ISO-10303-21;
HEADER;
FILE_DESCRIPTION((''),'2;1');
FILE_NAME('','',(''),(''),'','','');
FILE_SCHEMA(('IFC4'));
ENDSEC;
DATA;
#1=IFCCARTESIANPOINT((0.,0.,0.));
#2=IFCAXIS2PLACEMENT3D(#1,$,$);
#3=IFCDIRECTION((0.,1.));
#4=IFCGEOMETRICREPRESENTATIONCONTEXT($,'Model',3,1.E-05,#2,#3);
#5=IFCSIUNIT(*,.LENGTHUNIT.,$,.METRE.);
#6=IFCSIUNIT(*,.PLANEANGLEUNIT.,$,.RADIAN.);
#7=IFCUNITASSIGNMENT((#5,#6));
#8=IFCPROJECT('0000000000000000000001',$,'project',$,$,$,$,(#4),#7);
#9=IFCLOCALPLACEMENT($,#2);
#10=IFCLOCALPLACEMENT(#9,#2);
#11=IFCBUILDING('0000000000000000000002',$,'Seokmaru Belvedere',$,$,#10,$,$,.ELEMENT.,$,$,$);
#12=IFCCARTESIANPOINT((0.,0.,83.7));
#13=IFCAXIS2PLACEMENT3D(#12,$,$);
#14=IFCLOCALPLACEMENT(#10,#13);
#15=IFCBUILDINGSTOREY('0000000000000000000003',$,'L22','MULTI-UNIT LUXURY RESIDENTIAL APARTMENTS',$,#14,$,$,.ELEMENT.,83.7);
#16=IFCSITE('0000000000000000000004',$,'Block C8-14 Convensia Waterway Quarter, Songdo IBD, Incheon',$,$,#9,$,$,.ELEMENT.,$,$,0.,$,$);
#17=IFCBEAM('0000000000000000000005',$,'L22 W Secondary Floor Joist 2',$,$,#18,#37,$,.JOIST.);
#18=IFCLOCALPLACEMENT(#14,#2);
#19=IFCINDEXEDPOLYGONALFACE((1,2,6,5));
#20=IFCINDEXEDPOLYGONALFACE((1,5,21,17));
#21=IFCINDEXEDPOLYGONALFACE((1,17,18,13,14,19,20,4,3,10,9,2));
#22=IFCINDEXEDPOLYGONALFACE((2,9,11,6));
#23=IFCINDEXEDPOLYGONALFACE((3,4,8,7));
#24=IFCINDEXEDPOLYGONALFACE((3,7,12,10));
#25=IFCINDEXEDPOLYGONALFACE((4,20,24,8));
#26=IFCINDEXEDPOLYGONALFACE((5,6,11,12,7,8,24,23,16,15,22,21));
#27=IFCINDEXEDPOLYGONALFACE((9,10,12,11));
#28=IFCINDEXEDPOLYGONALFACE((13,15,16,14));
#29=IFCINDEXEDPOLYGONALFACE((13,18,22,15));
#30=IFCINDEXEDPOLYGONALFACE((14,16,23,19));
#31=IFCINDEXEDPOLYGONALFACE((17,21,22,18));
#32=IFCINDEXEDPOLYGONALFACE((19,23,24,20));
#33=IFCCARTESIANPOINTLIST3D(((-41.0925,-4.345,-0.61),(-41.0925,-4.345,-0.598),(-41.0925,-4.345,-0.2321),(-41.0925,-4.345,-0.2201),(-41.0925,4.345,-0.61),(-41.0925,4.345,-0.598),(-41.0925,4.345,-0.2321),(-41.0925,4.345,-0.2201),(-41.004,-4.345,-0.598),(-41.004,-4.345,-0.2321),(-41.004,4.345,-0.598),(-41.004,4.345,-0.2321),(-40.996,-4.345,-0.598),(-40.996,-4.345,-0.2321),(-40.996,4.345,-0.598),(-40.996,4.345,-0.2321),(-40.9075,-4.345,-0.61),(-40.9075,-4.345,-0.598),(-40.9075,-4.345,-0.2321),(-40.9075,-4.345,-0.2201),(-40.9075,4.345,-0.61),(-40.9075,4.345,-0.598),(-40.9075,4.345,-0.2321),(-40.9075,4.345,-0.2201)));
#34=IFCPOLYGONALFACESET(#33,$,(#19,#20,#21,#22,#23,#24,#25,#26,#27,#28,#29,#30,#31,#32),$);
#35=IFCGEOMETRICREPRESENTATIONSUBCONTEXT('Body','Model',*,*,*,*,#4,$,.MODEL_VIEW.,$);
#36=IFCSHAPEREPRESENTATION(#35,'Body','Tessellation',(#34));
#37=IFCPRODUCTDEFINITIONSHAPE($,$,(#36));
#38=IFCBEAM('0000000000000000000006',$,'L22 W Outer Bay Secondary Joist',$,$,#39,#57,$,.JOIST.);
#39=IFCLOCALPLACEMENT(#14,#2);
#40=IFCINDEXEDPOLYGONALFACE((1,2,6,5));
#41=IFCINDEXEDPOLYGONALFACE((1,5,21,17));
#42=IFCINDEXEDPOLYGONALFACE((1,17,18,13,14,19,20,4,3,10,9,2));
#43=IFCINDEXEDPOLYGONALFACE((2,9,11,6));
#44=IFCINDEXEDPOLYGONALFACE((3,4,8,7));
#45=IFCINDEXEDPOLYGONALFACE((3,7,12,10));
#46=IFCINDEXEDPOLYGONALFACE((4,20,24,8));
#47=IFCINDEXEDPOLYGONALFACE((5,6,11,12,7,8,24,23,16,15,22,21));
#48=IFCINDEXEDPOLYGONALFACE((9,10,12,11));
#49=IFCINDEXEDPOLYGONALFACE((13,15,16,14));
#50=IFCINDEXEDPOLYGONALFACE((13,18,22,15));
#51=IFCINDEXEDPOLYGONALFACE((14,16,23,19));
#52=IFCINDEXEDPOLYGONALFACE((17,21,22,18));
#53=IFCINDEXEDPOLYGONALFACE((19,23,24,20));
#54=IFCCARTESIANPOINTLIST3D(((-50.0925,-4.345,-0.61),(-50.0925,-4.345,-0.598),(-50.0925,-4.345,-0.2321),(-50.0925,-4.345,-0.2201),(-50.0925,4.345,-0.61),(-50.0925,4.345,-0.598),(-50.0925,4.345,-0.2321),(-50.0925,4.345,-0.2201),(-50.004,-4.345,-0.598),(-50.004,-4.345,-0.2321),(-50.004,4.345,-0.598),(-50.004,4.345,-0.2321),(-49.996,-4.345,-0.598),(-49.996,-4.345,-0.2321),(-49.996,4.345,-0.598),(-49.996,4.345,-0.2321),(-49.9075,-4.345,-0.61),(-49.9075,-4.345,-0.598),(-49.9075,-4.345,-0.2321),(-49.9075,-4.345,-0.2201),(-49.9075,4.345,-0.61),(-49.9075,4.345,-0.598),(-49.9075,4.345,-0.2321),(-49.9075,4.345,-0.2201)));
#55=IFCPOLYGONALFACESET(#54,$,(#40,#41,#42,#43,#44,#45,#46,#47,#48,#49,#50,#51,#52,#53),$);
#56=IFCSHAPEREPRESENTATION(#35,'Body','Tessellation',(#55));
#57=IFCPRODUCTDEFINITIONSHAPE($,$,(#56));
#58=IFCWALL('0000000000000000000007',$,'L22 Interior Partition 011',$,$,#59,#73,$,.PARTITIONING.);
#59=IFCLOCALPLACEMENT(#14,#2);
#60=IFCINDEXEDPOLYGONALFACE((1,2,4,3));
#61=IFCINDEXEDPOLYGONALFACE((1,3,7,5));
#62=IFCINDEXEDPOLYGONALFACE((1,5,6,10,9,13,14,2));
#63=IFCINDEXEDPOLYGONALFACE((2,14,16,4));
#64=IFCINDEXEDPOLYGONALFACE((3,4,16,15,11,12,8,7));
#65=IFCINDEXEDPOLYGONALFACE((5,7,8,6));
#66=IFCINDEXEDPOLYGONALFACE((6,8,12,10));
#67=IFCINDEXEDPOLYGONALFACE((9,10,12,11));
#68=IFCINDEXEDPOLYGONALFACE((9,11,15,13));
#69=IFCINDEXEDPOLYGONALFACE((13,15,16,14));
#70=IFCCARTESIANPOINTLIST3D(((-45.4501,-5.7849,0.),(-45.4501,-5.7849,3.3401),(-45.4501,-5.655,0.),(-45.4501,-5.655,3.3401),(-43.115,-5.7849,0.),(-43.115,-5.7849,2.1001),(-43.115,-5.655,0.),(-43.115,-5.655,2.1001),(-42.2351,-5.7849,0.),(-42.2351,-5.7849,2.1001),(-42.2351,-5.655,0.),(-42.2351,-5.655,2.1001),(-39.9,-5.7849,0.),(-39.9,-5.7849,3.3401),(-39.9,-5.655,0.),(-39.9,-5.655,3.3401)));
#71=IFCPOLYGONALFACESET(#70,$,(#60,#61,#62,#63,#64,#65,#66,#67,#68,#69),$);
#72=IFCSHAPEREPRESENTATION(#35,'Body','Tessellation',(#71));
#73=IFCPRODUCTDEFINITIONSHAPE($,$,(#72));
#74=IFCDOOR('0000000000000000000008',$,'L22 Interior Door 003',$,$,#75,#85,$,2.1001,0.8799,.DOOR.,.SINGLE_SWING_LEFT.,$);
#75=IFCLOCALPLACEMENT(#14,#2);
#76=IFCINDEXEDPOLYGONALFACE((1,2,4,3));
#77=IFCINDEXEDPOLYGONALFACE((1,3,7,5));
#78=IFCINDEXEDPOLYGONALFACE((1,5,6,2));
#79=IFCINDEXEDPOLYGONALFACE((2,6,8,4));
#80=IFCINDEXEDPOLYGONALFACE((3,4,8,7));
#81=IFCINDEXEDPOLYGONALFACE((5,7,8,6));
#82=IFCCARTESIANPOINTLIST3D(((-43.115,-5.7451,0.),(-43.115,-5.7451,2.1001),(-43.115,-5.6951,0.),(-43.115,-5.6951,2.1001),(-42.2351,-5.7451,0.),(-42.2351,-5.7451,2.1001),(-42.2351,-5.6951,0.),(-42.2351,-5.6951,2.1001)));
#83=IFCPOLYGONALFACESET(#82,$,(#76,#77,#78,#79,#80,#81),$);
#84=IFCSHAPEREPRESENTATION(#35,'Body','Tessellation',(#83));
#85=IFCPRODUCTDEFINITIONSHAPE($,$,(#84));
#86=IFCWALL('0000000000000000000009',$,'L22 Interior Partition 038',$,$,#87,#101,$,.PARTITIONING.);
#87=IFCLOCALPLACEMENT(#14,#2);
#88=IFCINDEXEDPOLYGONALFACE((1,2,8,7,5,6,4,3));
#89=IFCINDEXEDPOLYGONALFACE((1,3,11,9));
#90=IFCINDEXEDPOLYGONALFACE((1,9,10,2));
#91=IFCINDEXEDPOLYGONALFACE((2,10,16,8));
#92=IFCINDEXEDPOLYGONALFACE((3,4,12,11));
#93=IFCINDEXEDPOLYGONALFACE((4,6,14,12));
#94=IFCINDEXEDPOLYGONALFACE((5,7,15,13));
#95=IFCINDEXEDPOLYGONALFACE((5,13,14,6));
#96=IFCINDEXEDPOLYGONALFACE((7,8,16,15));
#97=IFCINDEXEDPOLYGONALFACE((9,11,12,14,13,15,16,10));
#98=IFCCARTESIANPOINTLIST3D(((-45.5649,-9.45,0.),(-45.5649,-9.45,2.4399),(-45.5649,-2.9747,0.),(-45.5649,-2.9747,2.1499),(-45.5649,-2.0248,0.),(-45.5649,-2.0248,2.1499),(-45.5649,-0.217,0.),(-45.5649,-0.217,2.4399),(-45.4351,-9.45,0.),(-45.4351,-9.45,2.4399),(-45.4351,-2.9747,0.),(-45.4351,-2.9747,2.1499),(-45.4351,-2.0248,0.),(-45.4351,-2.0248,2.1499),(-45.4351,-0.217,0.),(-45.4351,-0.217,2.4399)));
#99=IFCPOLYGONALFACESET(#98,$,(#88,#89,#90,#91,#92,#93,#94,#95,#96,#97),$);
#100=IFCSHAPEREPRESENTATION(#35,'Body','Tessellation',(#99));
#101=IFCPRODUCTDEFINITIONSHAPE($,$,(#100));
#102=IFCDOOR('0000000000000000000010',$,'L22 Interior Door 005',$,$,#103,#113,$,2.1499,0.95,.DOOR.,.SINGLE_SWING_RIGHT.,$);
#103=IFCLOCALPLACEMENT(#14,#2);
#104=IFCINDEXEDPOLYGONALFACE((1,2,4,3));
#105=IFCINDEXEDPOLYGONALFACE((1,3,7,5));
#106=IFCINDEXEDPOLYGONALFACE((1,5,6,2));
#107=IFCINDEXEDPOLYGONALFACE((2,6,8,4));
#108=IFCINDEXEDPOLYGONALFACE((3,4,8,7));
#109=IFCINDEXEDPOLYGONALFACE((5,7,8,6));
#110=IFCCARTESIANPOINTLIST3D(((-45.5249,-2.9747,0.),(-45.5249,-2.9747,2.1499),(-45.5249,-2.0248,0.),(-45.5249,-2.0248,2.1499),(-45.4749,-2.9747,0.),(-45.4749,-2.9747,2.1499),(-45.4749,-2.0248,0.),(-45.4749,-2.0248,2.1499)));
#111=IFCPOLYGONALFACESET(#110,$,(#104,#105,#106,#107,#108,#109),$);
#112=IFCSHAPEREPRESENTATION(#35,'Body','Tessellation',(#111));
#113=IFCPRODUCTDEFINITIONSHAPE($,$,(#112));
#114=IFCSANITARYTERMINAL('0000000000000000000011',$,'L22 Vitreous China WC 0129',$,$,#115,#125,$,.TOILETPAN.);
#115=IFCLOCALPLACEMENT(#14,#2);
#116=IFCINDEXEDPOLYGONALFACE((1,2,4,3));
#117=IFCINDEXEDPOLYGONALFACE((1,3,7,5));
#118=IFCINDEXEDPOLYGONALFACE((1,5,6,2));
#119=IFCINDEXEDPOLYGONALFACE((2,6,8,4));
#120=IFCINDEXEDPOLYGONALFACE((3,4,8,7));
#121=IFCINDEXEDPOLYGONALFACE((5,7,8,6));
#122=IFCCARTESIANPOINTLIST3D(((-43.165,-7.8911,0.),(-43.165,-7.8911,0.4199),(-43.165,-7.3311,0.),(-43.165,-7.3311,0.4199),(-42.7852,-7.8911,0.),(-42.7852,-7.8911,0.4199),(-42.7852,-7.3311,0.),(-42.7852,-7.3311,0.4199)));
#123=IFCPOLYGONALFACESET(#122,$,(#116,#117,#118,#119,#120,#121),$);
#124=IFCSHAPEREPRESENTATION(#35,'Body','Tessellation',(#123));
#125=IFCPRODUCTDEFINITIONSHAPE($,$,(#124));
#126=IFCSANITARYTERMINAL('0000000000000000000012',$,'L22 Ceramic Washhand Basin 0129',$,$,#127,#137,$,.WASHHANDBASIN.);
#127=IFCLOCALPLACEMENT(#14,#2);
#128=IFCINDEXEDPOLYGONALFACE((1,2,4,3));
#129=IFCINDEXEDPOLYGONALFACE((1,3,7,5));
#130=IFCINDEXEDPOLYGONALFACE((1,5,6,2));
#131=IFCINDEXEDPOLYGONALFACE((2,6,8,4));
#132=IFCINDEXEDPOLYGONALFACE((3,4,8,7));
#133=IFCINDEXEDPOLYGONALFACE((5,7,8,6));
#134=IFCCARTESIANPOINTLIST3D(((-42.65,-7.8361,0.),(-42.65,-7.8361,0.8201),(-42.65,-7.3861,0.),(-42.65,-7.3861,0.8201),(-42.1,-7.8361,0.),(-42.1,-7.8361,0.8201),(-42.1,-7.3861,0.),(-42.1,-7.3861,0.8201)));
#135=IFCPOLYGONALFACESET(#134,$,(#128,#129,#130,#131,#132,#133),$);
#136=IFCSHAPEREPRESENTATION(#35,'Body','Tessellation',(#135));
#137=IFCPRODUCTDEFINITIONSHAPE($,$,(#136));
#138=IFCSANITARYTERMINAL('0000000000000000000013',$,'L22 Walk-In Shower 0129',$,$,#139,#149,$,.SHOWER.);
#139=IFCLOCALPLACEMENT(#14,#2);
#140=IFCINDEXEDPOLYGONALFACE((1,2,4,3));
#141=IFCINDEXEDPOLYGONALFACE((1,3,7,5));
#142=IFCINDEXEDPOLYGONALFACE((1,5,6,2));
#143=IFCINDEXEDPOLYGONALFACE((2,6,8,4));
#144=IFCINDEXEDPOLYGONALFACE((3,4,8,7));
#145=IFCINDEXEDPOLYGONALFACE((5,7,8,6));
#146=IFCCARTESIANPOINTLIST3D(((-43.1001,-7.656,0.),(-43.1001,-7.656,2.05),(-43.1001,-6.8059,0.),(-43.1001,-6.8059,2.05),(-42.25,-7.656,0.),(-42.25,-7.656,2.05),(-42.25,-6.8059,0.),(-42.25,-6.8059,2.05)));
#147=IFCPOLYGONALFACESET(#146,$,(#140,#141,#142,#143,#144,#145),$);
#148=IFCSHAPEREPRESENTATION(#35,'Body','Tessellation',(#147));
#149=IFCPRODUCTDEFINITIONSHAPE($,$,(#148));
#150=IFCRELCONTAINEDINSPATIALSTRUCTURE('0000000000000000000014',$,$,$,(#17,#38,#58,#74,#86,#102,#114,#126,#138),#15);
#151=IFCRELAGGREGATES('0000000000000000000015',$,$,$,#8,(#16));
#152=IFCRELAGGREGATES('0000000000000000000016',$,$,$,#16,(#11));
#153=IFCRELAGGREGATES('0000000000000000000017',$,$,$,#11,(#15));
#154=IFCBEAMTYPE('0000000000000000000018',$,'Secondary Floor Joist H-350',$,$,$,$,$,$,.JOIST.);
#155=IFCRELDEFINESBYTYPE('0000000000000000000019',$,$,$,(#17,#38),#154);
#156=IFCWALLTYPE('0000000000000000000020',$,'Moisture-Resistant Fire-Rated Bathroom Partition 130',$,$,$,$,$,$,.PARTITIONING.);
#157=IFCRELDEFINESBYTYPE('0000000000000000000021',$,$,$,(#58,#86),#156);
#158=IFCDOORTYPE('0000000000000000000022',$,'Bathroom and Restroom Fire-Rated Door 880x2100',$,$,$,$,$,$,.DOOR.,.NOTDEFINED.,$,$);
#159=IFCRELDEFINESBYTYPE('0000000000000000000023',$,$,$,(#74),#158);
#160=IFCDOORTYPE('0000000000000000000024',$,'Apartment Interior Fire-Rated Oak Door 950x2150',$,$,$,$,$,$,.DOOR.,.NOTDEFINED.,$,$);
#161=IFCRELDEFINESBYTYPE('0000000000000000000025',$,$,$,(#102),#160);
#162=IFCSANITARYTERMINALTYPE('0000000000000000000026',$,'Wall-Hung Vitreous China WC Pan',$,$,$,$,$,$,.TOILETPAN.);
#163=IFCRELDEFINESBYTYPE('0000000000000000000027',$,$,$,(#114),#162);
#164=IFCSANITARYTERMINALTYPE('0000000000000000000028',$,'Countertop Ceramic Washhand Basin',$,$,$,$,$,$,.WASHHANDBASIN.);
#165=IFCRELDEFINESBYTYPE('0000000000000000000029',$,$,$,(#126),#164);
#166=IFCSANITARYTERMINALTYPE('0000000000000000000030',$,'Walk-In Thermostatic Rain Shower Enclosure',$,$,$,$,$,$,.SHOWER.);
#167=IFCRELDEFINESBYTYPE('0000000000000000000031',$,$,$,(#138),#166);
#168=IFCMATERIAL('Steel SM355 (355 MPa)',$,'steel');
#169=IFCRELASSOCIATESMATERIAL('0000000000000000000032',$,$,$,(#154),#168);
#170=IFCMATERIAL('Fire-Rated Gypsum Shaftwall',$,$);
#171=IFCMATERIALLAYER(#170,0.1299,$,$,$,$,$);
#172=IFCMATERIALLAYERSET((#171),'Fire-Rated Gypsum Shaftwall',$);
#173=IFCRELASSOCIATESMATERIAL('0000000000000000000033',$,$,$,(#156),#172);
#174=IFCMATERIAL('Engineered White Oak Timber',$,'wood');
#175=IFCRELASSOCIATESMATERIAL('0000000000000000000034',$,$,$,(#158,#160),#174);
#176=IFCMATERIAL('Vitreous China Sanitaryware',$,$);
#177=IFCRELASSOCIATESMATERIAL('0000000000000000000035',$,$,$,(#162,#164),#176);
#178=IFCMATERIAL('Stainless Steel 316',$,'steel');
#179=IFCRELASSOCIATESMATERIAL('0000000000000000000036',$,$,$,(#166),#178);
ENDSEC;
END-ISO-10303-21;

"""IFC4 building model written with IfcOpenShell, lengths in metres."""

from ifc_helpers import new_model, si_unit, direction, frame, frame_2d, origin, origin_2d, place, context, subcontext, project, spatial, rectangle, i_section, extrude, source, transform, mapped, material, layer, layer_set, material_profile, profile_set, type_object, type_shapes, element, fill, save


model = new_model("IFC4")

# Units and contexts
model_context = context("Model", 3, precision=1e-05, world=origin(), true_north=direction((0.0, 1.0)))
body_context = subcontext(model_context, "Body", "Model", "MODEL_VIEW")
ifc_project = project(units=[si_unit("LENGTHUNIT", "METRE"), si_unit("PLANEANGLEUNIT", "RADIAN")], contexts=[model_context])

# Site, building, storey
site_placement = place(None, origin())
site = spatial("IfcSite", under=ifc_project, at=site_placement, Name="Block C8-14 Convensia Waterway Quarter, Songdo IBD, Incheon", CompositionType="ELEMENT", RefElevation=0.0)
building_placement = place(site_placement, origin())
building = spatial("IfcBuilding", under=site, at=building_placement, Name="Seokmaru Belvedere", CompositionType="ELEMENT")
storey_placement = place(building_placement, frame((0.0, 0.0, 83.7)))
storey = spatial("IfcBuildingStorey", under=building, at=storey_placement, Name="L22", Description="MULTI-UNIT LUXURY RESIDENTIAL APARTMENTS", CompositionType="ELEMENT", Elevation=83.7)

# Shared definitions
ifc_material_1 = material(Name="Steel SM355 (355 MPa)", Category="steel")

# Beams
ifc_material_profile_1 = material_profile(ifc_material_1, i_section(OverallWidth=0.1851, OverallDepth=0.3899, WebThickness=0.0081, FlangeThickness=0.012, at=origin_2d()), Name="H-390x185x8x12")
ifc_profile_set_1 = profile_set([ifc_material_profile_1], Name="Steel SM355 (355 MPa)")
beam_type_1 = type_object("IfcBeamType", Name="Secondary Floor Joist H-350", PredefinedType="JOIST", material=ifc_profile_set_1)
shared_shape_1 = source(origin(), body_context, "Body", "SweptSolid", [
    extrude(i_section(OverallWidth=0.1851, OverallDepth=0.3899, WebThickness=0.0081, FlangeThickness=0.012, at=origin_2d()), origin(), (0.0, 0.0, 1.0), 8.6899),
])
type_shapes(beam_type_1, [shared_shape_1])
for number, where, z_axis, x_axis, name in (
    (1, (-41.0, -4.345, -0.415), (0.0, 1.0, 0.0), (-1.0, 0.0, 0.0), "L22 W Secondary Floor Joist 2"),
    (2, (-50.0, -4.345, -0.415), (0.0, 1.0, 0.0), (-1.0, 0.0, 0.0), "L22 W Outer Bay Secondary Joist"),
):
    element("IfcBeam", number, at=place(storey_placement, frame(where, z_axis=z_axis, x_axis=x_axis)), inside=storey, type_object=beam_type_1, Name=name, PredefinedType="JOIST", context=body_context, shape_type="MappedRepresentation", body=[
        mapped(shared_shape_1, transform((0.0, 0.0, 0.0), scale=1.0)),
    ])

# Walls, openings, doors
ifc_material_2 = material(Name="Fire-Rated Gypsum Shaftwall")
ifc_layer = layer(ifc_material_2, 0.1299)
ifc_layer_set = layer_set([ifc_layer], Name="Fire-Rated Gypsum Shaftwall")
wall_type = type_object("IfcWallType", Name="Moisture-Resistant Fire-Rated Bathroom Partition 130", PredefinedType="PARTITIONING", material=ifc_layer_set)
wall_1_placement = place(storey_placement, frame((-45.45, -5.72, 0.0), z_axis=(0.0, 0.0, 1.0), x_axis=(1.0, 0.0, 0.0)))
wall_1 = element("IfcWall", 3, at=wall_1_placement, inside=storey, type_object=wall_type, Name="L22 Interior Partition 011", PredefinedType="PARTITIONING", context=body_context, shape_type="SweptSolid", body=[
    extrude(rectangle(XDim=5.55, YDim=0.1299, at=frame_2d((2.7749, 0.0))), origin(), (0.0, 0.0, 1.0), 3.3401),
])
opening_1_placement = place(wall_1_placement, frame((2.335, 0.0, 0.0)))
opening_1 = element("IfcOpeningElement", 4, at=opening_1_placement, cuts=wall_1, PredefinedType="OPENING", context=body_context, shape_type="SweptSolid", body=[
    extrude(rectangle(XDim=0.8799, YDim=2.1001, at=frame_2d((0.4399, 1.05))), frame((0.0, 0.075, 0.0), z_axis=(0.0, -1.0, 0.0), x_axis=(1.0, 0.0, 0.0)), (0.0, 0.0, 1.0), 0.1499),
])
ifc_material_3 = material(Name="Engineered White Oak Timber", Category="wood")
door_type_1 = type_object("IfcDoorType", Name="Bathroom and Restroom Fire-Rated Door 880x2100", OperationType="NOTDEFINED", PredefinedType="DOOR", material=ifc_material_3)
shared_shape_2 = source(origin(), body_context, "Body", "SweptSolid", [
    extrude(rectangle(XDim=0.8799, YDim=2.1001, at=frame_2d((0.4399, 1.05))), frame((0.0, 0.0249, 0.0), z_axis=(0.0, -1.0, 0.0), x_axis=(1.0, 0.0, 0.0)), (0.0, 0.0, 1.0), 0.05),
])
type_shapes(door_type_1, [shared_shape_2])
door_1_placement = place(opening_1_placement, origin())
door_1 = element("IfcDoor", 5, at=door_1_placement, inside=storey, type_object=door_type_1, Name="L22 Interior Door 003", OperationType="SINGLE_SWING_LEFT", OverallHeight=2.1001, OverallWidth=0.8799, PredefinedType="DOOR", context=body_context, shape_type="MappedRepresentation", body=[
    mapped(shared_shape_2, transform((0.0, 0.0, 0.0), scale=1.0)),
])
fill(opening_1, door_1)
wall_2_placement = place(storey_placement, frame((-45.5, -9.45, 0.0), z_axis=(0.0, 0.0, 1.0), x_axis=(0.0, 1.0, 0.0)))
wall_2 = element("IfcWall", 6, at=wall_2_placement, inside=storey, type_object=wall_type, Name="L22 Interior Partition 038", PredefinedType="PARTITIONING", context=body_context, shape_type="SweptSolid", body=[
    extrude(rectangle(XDim=9.2329, YDim=0.1299, at=frame_2d((4.6165, 0.0))), origin(), (0.0, 0.0, 1.0), 2.4399),
])
opening_2_placement = place(wall_2_placement, frame((6.4751, 0.0, 0.0)))
opening_2 = element("IfcOpeningElement", 7, at=opening_2_placement, cuts=wall_2, PredefinedType="OPENING", context=body_context, shape_type="SweptSolid", body=[
    extrude(rectangle(XDim=0.95, YDim=2.1499, at=frame_2d((0.4751, 1.075))), frame((0.0, 0.075, 0.0), z_axis=(0.0, -1.0, 0.0), x_axis=(1.0, 0.0, 0.0)), (0.0, 0.0, 1.0), 0.1499),
])
door_type_2 = type_object("IfcDoorType", Name="Apartment Interior Fire-Rated Oak Door 950x2150", OperationType="NOTDEFINED", PredefinedType="DOOR", material=ifc_material_3)
shared_shape_3 = source(origin(), body_context, "Body", "SweptSolid", [
    extrude(rectangle(XDim=0.95, YDim=2.1499, at=frame_2d((0.4751, 1.075))), frame((0.0, 0.0249, 0.0), z_axis=(0.0, -1.0, 0.0), x_axis=(1.0, 0.0, 0.0)), (0.0, 0.0, 1.0), 0.05),
])
type_shapes(door_type_2, [shared_shape_3])
door_2_placement = place(opening_2_placement, origin())
door_2 = element("IfcDoor", 8, at=door_2_placement, inside=storey, type_object=door_type_2, Name="L22 Interior Door 005", OperationType="SINGLE_SWING_RIGHT", OverallHeight=2.1499, OverallWidth=0.95, PredefinedType="DOOR", context=body_context, shape_type="MappedRepresentation", body=[
    mapped(shared_shape_3, transform((0.0, 0.0, 0.0), scale=1.0)),
])
fill(opening_2, door_2)

# Sanitary terminals
ifc_material_4 = material(Name="Vitreous China Sanitaryware")
sanitary_terminal_type_1 = type_object("IfcSanitaryTerminalType", Name="Wall-Hung Vitreous China WC Pan", PredefinedType="TOILETPAN", material=ifc_material_4)
shared_shape_4 = source(origin(), body_context, "Body", "SweptSolid", [
    extrude(rectangle(XDim=0.3799, YDim=0.5601, at=origin_2d()), origin(), (0.0, 0.0, 1.0), 0.4199),
])
type_shapes(sanitary_terminal_type_1, [shared_shape_4])
sanitary_terminal_1_placement = place(storey_placement, frame((-42.9751, -7.6111, 0.0), z_axis=(0.0, 0.0, 1.0), x_axis=(1.0, 0.0, 0.0)))
element("IfcSanitaryTerminal", 9, at=sanitary_terminal_1_placement, inside=storey, type_object=sanitary_terminal_type_1, Name="L22 Vitreous China WC 0129", PredefinedType="TOILETPAN", context=body_context, shape_type="MappedRepresentation", body=[
    mapped(shared_shape_4, transform((0.0, 0.0, 0.0), scale=1.0)),
])
sanitary_terminal_type_2 = type_object("IfcSanitaryTerminalType", Name="Countertop Ceramic Washhand Basin", PredefinedType="WASHHANDBASIN", material=ifc_material_4)
shared_shape_5 = source(origin(), body_context, "Body", "SweptSolid", [
    extrude(rectangle(XDim=0.55, YDim=0.45, at=origin_2d()), origin(), (0.0, 0.0, 1.0), 0.8201),
])
type_shapes(sanitary_terminal_type_2, [shared_shape_5])
sanitary_terminal_2_placement = place(storey_placement, frame((-42.375, -7.6111, 0.0), z_axis=(0.0, 0.0, 1.0), x_axis=(1.0, 0.0, 0.0)))
element("IfcSanitaryTerminal", 10, at=sanitary_terminal_2_placement, inside=storey, type_object=sanitary_terminal_type_2, Name="L22 Ceramic Washhand Basin 0129", PredefinedType="WASHHANDBASIN", context=body_context, shape_type="MappedRepresentation", body=[
    mapped(shared_shape_5, transform((0.0, 0.0, 0.0), scale=1.0)),
])
ifc_material_5 = material(Name="Stainless Steel 316", Category="steel")
sanitary_terminal_type_3 = type_object("IfcSanitaryTerminalType", Name="Walk-In Thermostatic Rain Shower Enclosure", PredefinedType="SHOWER", material=ifc_material_5)
shared_shape_6 = source(origin(), body_context, "Body", "SweptSolid", [
    extrude(rectangle(XDim=0.8501, YDim=0.8501, at=origin_2d()), origin(), (0.0, 0.0, 1.0), 2.05),
])
type_shapes(sanitary_terminal_type_3, [shared_shape_6])
sanitary_terminal_3_placement = place(storey_placement, frame((-42.675, -7.231, 0.0), z_axis=(0.0, 0.0, 1.0), x_axis=(1.0, 0.0, 0.0)))
element("IfcSanitaryTerminal", 11, at=sanitary_terminal_3_placement, inside=storey, type_object=sanitary_terminal_type_3, Name="L22 Walk-In Shower 0129", PredefinedType="SHOWER", context=body_context, shape_type="MappedRepresentation", body=[
    mapped(shared_shape_6, transform((0.0, 0.0, 0.0), scale=1.0)),
])

save(model, "model.ifc")
